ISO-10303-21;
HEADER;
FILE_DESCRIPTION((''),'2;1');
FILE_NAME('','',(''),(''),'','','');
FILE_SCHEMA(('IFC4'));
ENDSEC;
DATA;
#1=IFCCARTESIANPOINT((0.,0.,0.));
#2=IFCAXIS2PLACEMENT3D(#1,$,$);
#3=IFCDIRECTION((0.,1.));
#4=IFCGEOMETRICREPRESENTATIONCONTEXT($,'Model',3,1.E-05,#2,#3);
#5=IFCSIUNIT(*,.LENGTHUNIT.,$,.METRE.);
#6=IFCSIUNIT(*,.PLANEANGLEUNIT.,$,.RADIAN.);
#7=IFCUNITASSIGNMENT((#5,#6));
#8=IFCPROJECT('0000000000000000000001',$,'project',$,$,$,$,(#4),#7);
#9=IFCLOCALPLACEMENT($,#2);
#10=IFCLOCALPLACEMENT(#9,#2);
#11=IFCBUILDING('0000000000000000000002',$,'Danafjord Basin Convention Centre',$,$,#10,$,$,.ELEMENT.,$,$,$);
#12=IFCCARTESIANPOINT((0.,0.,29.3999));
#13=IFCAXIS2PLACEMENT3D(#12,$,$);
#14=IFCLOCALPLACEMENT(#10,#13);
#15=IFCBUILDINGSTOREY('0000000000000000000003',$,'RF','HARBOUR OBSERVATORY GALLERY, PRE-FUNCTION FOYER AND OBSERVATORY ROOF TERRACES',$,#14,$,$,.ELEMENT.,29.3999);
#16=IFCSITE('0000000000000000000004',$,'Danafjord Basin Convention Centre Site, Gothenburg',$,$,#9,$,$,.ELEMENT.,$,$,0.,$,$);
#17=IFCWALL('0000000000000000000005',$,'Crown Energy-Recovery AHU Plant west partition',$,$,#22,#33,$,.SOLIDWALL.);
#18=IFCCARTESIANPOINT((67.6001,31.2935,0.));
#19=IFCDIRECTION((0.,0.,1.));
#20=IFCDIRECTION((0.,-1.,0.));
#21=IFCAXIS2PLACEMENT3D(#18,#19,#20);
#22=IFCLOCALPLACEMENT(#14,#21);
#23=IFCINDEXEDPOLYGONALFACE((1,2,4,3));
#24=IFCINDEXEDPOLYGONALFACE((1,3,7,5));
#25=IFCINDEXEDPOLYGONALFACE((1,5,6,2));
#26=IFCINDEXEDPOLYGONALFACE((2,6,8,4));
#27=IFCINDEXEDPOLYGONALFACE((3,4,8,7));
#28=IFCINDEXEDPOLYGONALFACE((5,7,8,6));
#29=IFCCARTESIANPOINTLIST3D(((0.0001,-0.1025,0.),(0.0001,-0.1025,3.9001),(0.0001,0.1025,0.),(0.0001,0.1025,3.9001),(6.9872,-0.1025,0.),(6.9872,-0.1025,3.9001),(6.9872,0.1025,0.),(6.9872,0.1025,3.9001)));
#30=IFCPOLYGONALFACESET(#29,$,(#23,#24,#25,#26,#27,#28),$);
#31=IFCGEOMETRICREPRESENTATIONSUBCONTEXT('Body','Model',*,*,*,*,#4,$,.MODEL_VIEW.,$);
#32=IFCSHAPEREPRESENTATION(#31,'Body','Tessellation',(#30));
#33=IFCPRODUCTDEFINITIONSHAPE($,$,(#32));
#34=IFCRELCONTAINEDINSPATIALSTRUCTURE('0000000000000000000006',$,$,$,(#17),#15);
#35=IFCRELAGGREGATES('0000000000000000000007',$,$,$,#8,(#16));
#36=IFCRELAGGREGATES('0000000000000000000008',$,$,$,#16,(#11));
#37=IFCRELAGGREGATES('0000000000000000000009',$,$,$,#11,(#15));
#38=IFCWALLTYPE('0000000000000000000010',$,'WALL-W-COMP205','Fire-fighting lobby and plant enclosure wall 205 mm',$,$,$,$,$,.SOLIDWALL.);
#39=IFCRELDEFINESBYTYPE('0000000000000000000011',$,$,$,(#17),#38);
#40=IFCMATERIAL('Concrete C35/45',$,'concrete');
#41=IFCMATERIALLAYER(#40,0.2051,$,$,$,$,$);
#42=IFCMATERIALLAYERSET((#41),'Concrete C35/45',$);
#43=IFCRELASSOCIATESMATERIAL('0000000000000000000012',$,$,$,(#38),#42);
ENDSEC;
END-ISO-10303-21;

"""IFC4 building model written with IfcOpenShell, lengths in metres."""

from ifc_helpers import new_model, si_unit, direction, frame, frame_2d, origin, place, context, subcontext, project, spatial, rectangle, extrude, material, layer, layer_set, type_object, element, save


model = new_model("IFC4")

# Units and contexts
model_context = context("Model", 3, precision=1e-05, world=origin(), true_north=direction((0.0, 1.0)))
body_context = subcontext(model_context, "Body", "Model", "MODEL_VIEW")
ifc_project = project(units=[si_unit("LENGTHUNIT", "METRE"), si_unit("PLANEANGLEUNIT", "RADIAN")], contexts=[model_context])

# Site, building, storey
site_placement = place(None, origin())
site = spatial("IfcSite", under=ifc_project, at=site_placement, Name="Danafjord Basin Convention Centre Site, Gothenburg", CompositionType="ELEMENT", RefElevation=0.0)
building_placement = place(site_placement, origin())
building = spatial("IfcBuilding", under=site, at=building_placement, Name="Danafjord Basin Convention Centre", CompositionType="ELEMENT")
storey_placement = place(building_placement, frame((0.0, 0.0, 29.3999)))
storey = spatial("IfcBuildingStorey", under=building, at=storey_placement, Name="RF", Description="HARBOUR OBSERVATORY GALLERY, PRE-FUNCTION FOYER AND OBSERVATORY ROOF TERRACES", CompositionType="ELEMENT", Elevation=29.3999)

# Shared definitions
ifc_material_1 = material(Name="Concrete C35/45", Category="concrete")

# Shared definitions
ifc_layer_1 = layer(ifc_material_1, 0.2051)
ifc_layer_set_1 = layer_set([ifc_layer_1], Name="Concrete C35/45")
wall_type_1 = type_object("IfcWallType", Name="WALL-W-COMP205", Description="Fire-fighting lobby and plant enclosure wall 205 mm", PredefinedType="SOLIDWALL", material=ifc_layer_set_1)

# Wall
wall_1_placement = place(storey_placement, frame((67.6001, 31.2935, 0.0), z_axis=(0.0, 0.0, 1.0), x_axis=(0.0, -1.0, 0.0)))
element("IfcWall", 1, at=wall_1_placement, inside=storey, type_object=wall_type_1, Name="Crown Energy-Recovery AHU Plant west partition", PredefinedType="SOLIDWALL", context=body_context, shape_type="SweptSolid", body=[
    extrude(rectangle(XDim=6.9871, YDim=0.2051, at=frame_2d((3.4937, 0.0))), origin(), (0.0, 0.0, 1.0), 3.9001),
])

save(model, "model.ifc")
